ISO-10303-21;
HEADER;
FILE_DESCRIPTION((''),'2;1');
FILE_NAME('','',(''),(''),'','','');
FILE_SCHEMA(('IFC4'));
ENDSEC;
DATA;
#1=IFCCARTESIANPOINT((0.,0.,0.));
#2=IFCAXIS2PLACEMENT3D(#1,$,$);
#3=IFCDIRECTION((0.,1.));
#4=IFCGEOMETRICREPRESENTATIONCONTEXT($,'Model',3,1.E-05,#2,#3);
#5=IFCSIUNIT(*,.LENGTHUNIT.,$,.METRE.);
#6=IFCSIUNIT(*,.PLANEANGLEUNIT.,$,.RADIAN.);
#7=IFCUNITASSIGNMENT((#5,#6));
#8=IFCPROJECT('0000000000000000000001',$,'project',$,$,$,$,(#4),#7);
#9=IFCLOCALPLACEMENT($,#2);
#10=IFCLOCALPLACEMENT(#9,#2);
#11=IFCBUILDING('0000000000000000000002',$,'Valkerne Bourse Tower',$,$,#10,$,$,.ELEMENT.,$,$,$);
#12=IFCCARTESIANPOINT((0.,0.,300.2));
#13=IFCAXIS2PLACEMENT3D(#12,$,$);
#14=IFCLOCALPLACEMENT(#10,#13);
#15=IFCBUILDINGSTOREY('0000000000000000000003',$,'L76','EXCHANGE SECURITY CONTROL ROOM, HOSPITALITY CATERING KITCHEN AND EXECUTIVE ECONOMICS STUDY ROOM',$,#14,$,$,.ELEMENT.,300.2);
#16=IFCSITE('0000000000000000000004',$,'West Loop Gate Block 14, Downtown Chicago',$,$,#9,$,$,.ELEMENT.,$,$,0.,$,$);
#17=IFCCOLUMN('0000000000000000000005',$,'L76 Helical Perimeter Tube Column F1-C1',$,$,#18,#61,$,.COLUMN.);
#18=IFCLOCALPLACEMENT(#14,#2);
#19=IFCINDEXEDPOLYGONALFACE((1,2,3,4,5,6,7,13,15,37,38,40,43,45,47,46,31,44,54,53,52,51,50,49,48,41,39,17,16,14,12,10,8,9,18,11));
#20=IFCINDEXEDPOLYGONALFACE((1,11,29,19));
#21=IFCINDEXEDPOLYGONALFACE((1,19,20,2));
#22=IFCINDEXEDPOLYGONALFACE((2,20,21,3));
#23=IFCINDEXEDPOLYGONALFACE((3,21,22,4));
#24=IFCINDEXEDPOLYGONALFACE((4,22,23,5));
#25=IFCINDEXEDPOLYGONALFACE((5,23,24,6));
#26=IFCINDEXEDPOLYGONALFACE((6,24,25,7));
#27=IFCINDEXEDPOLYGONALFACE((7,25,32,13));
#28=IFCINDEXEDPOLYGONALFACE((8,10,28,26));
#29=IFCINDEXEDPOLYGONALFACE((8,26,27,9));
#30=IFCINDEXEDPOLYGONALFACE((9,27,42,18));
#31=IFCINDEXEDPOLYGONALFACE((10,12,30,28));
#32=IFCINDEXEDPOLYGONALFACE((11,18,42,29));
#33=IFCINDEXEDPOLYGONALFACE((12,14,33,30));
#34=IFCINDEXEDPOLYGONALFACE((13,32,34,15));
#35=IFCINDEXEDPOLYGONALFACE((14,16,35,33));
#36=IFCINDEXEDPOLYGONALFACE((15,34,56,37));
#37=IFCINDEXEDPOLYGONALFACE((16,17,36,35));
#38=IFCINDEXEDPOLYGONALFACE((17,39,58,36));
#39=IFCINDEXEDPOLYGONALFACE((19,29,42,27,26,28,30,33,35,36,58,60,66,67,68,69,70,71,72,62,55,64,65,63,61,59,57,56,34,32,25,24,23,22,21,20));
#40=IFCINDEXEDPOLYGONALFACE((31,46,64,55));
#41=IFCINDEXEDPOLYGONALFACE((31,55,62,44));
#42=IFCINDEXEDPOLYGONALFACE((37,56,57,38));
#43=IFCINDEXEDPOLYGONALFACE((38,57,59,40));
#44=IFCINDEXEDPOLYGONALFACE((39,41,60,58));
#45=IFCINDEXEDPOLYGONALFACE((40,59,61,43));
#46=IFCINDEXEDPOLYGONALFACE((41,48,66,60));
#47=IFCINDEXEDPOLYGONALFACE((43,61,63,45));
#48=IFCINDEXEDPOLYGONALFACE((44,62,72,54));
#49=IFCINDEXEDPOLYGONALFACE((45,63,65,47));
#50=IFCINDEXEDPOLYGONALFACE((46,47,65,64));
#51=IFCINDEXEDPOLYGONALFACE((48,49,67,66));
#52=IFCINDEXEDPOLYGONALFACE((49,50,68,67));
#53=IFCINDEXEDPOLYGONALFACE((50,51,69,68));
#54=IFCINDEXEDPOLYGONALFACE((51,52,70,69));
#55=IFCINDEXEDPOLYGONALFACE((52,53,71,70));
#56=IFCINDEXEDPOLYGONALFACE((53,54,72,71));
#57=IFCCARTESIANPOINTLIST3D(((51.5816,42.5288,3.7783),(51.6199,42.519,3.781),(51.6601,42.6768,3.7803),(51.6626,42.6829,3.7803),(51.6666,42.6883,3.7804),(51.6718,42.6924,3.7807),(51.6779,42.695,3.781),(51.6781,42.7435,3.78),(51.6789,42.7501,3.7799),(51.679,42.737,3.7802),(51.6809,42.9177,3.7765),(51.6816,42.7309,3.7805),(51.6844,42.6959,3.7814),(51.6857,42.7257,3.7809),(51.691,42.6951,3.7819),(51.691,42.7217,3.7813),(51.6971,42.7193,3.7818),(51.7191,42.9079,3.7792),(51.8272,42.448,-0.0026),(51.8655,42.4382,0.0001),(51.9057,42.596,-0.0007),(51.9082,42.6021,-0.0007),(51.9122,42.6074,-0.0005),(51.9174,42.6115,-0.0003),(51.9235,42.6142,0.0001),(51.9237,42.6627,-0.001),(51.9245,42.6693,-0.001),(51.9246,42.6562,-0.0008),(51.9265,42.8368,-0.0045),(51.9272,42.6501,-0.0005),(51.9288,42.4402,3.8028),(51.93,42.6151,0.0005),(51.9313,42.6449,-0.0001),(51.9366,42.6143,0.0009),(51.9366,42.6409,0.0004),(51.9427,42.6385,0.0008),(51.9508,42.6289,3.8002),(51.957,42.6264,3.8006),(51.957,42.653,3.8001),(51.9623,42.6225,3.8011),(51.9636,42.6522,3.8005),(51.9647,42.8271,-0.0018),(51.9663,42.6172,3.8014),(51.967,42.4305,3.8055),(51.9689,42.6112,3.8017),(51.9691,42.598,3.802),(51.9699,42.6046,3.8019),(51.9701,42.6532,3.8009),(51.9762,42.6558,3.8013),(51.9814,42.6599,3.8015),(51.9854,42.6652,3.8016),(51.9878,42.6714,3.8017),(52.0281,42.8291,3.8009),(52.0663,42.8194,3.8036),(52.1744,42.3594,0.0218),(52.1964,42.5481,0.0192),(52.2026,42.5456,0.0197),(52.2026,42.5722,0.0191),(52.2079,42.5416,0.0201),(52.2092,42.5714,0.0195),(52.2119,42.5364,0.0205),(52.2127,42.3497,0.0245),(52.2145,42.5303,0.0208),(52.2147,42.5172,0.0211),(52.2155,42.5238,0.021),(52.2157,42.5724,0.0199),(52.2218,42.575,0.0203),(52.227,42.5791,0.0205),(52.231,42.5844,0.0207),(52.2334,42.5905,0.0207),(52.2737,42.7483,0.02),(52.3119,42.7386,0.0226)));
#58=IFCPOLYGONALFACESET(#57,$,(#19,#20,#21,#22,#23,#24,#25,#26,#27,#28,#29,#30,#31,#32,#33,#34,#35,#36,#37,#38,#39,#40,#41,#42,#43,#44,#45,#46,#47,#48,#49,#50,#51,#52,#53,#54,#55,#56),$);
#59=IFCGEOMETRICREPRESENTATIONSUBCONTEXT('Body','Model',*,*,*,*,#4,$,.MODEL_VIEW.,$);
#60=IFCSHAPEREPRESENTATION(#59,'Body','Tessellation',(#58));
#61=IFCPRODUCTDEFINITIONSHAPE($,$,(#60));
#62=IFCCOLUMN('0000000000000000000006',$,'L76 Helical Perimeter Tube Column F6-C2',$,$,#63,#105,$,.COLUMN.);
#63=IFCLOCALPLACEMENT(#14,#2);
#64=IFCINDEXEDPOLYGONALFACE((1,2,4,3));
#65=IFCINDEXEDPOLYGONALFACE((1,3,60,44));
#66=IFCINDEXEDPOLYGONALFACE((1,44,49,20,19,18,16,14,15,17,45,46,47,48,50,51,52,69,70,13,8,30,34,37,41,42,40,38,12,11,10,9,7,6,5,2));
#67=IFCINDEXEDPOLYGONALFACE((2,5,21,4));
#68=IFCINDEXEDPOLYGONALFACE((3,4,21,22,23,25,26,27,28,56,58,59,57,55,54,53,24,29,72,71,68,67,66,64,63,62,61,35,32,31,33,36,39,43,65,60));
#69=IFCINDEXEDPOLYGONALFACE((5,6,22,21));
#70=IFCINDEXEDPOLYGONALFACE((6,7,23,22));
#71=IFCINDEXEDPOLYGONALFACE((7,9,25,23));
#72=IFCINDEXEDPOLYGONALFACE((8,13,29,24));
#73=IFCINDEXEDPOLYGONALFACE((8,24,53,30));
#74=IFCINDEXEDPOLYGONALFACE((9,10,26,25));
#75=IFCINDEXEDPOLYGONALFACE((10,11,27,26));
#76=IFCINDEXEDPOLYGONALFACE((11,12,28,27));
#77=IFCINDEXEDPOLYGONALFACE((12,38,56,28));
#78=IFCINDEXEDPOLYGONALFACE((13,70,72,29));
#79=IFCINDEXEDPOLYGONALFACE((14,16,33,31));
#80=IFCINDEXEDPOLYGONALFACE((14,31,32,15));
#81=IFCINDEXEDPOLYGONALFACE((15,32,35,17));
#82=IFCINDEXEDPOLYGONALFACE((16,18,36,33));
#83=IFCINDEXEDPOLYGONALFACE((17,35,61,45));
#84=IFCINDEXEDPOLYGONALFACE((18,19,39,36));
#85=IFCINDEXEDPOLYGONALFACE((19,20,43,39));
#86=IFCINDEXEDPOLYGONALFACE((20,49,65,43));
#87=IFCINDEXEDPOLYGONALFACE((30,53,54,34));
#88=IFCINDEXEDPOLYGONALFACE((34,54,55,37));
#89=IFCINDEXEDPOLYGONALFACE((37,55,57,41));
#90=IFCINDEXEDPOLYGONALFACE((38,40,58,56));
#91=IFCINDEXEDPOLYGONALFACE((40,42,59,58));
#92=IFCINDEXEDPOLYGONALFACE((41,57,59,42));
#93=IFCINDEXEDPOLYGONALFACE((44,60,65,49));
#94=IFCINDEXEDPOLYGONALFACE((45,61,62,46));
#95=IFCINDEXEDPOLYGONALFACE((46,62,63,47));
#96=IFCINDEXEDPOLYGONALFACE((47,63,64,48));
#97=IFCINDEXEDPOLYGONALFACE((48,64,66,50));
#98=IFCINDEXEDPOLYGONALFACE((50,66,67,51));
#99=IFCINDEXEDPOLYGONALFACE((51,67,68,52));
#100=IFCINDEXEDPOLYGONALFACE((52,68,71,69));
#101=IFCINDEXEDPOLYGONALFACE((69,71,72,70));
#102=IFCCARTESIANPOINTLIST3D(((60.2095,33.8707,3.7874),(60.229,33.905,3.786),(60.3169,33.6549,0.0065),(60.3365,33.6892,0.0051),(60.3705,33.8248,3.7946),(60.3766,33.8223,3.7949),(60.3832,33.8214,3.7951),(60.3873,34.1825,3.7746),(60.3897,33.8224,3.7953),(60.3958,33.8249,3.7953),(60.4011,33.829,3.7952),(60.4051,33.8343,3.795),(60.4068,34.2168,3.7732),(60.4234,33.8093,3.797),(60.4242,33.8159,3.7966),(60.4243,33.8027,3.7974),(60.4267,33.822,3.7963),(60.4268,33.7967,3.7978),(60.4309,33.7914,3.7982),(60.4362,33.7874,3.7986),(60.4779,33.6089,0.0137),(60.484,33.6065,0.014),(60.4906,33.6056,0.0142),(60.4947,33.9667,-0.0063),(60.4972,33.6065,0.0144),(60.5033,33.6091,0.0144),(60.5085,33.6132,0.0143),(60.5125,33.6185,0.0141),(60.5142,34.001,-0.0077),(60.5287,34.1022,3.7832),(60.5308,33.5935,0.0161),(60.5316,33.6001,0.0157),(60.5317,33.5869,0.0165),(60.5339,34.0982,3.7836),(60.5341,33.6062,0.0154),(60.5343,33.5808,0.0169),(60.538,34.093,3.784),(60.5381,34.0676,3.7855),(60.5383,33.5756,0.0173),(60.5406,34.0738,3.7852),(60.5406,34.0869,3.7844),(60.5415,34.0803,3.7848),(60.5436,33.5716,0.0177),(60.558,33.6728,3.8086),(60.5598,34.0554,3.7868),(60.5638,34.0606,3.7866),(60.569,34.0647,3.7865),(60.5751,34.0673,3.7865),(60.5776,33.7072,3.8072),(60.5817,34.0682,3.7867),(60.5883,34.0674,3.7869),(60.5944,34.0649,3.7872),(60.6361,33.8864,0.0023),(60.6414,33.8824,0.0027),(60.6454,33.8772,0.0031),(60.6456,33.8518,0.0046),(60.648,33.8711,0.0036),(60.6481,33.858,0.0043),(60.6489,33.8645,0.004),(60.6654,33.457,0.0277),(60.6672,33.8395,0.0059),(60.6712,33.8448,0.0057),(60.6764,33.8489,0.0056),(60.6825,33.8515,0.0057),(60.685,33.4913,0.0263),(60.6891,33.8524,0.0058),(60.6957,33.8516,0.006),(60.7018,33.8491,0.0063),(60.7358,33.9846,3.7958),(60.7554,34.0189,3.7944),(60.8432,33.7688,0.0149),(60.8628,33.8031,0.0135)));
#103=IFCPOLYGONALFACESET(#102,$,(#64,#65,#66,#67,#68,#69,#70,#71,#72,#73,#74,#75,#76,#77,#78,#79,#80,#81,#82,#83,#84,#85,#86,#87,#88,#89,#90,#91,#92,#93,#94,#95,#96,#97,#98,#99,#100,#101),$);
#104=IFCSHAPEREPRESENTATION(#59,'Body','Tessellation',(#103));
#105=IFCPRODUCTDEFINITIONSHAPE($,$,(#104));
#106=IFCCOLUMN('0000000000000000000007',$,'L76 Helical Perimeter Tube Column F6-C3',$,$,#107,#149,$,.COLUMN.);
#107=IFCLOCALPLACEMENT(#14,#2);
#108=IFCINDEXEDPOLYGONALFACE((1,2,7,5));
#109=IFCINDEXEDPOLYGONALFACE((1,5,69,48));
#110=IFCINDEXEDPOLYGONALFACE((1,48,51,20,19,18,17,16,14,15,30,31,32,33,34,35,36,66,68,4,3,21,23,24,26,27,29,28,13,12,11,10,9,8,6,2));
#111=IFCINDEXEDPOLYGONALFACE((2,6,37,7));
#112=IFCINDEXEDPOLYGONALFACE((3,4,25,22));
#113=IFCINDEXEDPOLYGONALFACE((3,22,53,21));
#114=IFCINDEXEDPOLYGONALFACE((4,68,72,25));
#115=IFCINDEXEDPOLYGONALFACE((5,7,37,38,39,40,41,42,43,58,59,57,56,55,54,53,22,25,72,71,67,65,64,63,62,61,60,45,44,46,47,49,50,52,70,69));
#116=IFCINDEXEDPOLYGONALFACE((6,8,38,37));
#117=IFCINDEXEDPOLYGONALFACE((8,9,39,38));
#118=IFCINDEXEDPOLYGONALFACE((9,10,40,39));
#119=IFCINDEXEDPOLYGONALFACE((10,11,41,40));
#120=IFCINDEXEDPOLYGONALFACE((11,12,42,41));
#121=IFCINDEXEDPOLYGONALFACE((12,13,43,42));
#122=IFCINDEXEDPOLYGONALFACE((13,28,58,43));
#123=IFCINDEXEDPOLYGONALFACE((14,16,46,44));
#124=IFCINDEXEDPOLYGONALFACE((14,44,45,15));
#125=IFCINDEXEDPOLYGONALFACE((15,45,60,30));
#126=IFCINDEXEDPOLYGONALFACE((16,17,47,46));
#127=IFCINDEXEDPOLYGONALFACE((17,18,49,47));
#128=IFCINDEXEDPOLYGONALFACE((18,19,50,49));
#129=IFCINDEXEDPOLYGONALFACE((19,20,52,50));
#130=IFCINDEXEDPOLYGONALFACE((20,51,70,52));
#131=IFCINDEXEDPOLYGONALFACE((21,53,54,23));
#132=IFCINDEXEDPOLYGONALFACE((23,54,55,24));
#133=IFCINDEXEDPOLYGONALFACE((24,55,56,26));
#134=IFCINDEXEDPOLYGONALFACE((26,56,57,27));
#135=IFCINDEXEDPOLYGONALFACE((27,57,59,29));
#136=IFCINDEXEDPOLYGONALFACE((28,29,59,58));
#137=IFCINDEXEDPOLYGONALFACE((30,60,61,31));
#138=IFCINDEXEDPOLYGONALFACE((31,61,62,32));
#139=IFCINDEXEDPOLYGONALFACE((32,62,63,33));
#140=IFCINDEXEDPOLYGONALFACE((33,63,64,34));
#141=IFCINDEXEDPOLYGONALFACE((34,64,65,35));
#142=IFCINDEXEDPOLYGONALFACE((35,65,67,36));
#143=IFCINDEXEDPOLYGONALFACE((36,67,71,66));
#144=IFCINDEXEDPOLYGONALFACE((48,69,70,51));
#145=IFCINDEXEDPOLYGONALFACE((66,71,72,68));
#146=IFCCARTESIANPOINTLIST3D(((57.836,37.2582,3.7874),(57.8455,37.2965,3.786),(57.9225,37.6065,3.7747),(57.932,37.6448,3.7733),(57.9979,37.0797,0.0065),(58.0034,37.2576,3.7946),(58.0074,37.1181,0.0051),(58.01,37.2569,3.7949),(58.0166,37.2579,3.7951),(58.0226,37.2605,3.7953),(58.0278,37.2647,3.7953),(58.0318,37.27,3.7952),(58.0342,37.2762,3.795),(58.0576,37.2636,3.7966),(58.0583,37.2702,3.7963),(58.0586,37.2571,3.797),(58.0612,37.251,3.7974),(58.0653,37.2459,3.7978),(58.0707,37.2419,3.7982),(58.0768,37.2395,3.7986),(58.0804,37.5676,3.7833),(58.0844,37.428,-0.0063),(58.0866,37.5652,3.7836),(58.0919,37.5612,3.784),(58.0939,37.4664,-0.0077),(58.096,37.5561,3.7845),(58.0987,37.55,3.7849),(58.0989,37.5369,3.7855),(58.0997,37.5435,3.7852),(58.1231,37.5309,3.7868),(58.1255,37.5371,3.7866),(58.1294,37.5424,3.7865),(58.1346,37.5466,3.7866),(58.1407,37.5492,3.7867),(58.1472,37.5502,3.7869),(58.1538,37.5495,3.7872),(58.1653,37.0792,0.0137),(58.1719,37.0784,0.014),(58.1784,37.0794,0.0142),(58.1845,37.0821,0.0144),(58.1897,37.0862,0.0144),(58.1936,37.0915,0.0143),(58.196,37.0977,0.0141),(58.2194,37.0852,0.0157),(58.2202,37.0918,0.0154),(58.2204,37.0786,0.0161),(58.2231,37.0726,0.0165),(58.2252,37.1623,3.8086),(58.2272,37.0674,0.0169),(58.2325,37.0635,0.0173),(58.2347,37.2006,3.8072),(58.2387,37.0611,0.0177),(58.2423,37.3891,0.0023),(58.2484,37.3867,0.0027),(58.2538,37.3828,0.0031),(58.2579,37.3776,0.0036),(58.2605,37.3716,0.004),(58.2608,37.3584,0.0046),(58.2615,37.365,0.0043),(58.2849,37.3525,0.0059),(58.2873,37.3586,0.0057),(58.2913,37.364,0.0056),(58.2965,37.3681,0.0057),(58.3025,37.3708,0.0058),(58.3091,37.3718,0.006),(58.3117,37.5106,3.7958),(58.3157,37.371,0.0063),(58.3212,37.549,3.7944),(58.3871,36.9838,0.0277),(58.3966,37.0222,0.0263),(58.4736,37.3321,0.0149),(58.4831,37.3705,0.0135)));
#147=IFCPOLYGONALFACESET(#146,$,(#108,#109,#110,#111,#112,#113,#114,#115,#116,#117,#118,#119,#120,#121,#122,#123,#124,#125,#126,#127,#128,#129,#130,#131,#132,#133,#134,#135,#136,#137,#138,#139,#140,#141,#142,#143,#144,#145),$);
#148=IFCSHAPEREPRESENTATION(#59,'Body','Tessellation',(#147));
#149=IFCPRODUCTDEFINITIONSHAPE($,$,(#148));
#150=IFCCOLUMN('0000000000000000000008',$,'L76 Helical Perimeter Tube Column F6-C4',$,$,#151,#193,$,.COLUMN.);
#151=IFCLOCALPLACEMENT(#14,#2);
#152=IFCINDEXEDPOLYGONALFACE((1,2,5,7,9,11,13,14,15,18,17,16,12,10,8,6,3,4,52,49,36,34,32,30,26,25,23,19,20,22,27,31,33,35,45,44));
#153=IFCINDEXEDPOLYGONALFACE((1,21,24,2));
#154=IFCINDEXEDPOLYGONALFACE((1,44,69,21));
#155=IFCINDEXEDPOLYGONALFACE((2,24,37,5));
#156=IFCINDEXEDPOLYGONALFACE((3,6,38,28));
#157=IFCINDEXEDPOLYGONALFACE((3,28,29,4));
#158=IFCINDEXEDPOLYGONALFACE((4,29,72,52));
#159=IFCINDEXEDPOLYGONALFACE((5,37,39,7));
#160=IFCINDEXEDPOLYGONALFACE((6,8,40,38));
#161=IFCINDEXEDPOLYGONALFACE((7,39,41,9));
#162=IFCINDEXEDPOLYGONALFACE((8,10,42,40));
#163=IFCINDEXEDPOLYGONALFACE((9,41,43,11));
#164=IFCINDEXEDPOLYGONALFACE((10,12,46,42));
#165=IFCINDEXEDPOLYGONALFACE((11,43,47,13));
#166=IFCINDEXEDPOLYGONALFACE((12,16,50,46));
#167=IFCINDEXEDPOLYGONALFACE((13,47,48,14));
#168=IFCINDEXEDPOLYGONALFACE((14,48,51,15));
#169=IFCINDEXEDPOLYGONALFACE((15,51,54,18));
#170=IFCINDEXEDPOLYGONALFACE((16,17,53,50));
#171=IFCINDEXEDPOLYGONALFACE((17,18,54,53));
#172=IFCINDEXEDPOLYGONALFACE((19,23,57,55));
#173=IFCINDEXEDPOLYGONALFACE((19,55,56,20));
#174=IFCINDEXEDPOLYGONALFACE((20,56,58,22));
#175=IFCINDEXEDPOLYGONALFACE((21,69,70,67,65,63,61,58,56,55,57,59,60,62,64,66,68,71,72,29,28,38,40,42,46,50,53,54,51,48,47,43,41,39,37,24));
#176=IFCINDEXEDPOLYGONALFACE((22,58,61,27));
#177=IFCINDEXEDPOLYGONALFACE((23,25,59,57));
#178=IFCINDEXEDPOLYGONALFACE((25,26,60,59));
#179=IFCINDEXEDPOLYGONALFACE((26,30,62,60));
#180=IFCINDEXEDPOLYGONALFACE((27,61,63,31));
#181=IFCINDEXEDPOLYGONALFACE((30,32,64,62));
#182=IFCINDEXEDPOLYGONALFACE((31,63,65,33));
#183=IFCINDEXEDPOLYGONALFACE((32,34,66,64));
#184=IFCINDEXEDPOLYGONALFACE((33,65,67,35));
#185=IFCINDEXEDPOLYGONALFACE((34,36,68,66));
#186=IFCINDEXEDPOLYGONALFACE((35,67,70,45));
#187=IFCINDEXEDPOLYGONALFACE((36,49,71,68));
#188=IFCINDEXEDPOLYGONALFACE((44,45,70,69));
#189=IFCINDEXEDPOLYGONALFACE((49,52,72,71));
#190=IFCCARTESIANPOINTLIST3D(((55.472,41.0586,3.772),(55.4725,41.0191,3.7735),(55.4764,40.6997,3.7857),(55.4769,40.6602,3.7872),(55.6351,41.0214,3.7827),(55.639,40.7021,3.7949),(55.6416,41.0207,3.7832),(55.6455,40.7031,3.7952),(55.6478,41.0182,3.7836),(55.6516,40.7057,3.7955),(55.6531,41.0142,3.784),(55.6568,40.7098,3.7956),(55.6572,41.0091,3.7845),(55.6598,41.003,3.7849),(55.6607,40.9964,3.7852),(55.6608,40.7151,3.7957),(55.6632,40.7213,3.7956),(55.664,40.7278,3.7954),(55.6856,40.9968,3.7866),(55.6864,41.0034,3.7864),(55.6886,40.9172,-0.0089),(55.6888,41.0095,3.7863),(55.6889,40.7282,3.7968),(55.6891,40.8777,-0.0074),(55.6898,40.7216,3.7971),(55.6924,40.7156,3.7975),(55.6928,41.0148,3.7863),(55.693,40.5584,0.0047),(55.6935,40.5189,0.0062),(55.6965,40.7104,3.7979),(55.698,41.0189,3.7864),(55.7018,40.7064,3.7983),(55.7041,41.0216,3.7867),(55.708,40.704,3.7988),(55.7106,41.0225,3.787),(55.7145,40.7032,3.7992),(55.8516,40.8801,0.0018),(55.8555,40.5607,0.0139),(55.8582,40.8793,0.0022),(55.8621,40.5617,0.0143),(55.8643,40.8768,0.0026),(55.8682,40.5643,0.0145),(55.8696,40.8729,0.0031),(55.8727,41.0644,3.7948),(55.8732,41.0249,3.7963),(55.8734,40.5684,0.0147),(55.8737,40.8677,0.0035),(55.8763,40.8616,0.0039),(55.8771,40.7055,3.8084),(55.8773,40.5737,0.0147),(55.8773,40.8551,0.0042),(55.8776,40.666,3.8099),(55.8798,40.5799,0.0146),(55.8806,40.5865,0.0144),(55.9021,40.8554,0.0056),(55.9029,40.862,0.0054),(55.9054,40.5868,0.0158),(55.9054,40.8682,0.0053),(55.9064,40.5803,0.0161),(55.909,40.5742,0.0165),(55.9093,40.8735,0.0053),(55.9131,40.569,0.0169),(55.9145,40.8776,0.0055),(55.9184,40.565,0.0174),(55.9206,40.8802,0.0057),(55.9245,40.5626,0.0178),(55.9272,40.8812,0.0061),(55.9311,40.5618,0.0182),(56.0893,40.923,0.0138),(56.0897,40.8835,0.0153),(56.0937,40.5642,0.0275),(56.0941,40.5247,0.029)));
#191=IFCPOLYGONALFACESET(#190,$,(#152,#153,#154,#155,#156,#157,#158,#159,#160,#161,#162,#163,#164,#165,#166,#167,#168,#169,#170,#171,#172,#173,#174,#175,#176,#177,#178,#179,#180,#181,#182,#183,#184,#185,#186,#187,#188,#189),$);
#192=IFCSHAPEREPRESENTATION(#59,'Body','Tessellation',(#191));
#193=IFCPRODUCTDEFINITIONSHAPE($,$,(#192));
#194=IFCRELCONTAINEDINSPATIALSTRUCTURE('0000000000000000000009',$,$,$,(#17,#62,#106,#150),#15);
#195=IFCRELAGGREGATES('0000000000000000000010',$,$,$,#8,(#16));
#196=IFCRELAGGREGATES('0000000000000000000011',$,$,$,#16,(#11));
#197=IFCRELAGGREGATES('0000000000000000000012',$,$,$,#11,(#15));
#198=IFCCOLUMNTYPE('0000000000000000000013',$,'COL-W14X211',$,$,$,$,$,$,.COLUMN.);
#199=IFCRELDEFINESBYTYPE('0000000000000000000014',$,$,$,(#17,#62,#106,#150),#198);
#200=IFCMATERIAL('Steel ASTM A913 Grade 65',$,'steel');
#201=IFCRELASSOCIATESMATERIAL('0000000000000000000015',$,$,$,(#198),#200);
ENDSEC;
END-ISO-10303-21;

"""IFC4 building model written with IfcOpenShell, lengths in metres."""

from ifc_helpers import new_model, si_unit, direction, frame, origin, origin_2d, place, context, subcontext, project, spatial, i_section, extrude, material, material_profile, profile_set, type_object, element, save


model = new_model("IFC4")

# Units and contexts
model_context = context("Model", 3, precision=1e-05, world=origin(), true_north=direction((0.0, 1.0)))
body_context = subcontext(model_context, "Body", "Model", "MODEL_VIEW")
ifc_project = project(units=[si_unit("LENGTHUNIT", "METRE"), si_unit("PLANEANGLEUNIT", "RADIAN")], contexts=[model_context])

# Site, building, storey
site_placement = place(None, origin())
site = spatial("IfcSite", under=ifc_project, at=site_placement, Name="West Loop Gate Block 14, Downtown Chicago", CompositionType="ELEMENT", RefElevation=0.0)
building_placement = place(site_placement, origin())
building = spatial("IfcBuilding", under=site, at=building_placement, Name="Valkerne Bourse Tower", CompositionType="ELEMENT")
storey_placement = place(building_placement, frame((0.0, 0.0, 300.2)))
storey = spatial("IfcBuildingStorey", under=building, at=storey_placement, Name="L76", Description="EXCHANGE SECURITY CONTROL ROOM, HOSPITALITY CATERING KITCHEN AND EXECUTIVE ECONOMICS STUDY ROOM", CompositionType="ELEMENT", Elevation=300.2)

# Columns
ifc_material_1 = material(Name="Steel ASTM A913 Grade 65", Category="steel")
ifc_material_profile_1 = material_profile(ifc_material_1, i_section(OverallWidth=0.4014, OverallDepth=0.3987, WebThickness=0.0249, FlangeThickness=0.0396, FilletRadius=0.0254, at=origin_2d()), Name="W14X211")
ifc_profile_set_1 = profile_set([ifc_material_profile_1], Name="Steel ASTM A913 Grade 65")
column_type = type_object("IfcColumnType", Name="COL-W14X211", PredefinedType="COLUMN", material=ifc_profile_set_1)
column_1_placement = place(storey_placement, frame((52.0696, 42.5933, 0.01), z_axis=(-0.064806, 0.021323, 0.99767), x_axis=(0.247362, 0.968912, -0.00464)))
element("IfcColumn", 1, at=column_1_placement, inside=storey, type_object=column_type, Name="L76 Helical Perimeter Tube Column F1-C1", PredefinedType="COLUMN", context=body_context, shape_type="SweptSolid", body=[
    extrude(i_section(OverallWidth=0.4014, OverallDepth=0.3987, WebThickness=0.0249, FlangeThickness=0.0396, FilletRadius=0.0254, at=origin_2d()), origin(), (0.0, 0.0, 1.0), 3.7898),
])
for number, where, z_axis, x_axis, name in (
    (2, (60.5898, 33.729, 0.01), (-0.028353, 0.056964, 0.997974), (0.868411, -0.493024, 0.052814), "L76 Helical Perimeter Tube Column F6-C2"),
    (3, (58.2405, 37.2251, 0.01), (-0.042723, 0.047105, 0.997976), (0.969618, -0.23886, 0.052784), "L76 Helical Perimeter Tube Column F6-C3"),
):
    element("IfcColumn", number, at=place(storey_placement, frame(where, z_axis=z_axis, x_axis=x_axis)), inside=storey, type_object=column_type, Name=name, PredefinedType="COLUMN", context=body_context, shape_type="SweptSolid", body=[
        extrude(i_section(OverallWidth=0.4014, OverallDepth=0.3987, WebThickness=0.0249, FlangeThickness=0.0396, FilletRadius=0.0254, at=origin_2d()), origin(), (0.0, 0.0, 1.0), 3.7886),
    ])
column_2_placement = place(storey_placement, frame((55.8914, 40.7209, 0.01), z_axis=(-0.05714, 0.037299, 0.997669), x_axis=(0.998291, 0.014409, 0.056637)))
element("IfcColumn", 4, at=column_2_placement, inside=storey, type_object=column_type, Name="L76 Helical Perimeter Tube Column F6-C4", PredefinedType="COLUMN", context=body_context, shape_type="SweptSolid", body=[
    extrude(i_section(OverallWidth=0.4014, OverallDepth=0.3987, WebThickness=0.0249, FlangeThickness=0.0396, FilletRadius=0.0254, at=origin_2d()), origin(), (0.0, 0.0, 1.0), 3.7898),
])

save(model, "model.ifc")
